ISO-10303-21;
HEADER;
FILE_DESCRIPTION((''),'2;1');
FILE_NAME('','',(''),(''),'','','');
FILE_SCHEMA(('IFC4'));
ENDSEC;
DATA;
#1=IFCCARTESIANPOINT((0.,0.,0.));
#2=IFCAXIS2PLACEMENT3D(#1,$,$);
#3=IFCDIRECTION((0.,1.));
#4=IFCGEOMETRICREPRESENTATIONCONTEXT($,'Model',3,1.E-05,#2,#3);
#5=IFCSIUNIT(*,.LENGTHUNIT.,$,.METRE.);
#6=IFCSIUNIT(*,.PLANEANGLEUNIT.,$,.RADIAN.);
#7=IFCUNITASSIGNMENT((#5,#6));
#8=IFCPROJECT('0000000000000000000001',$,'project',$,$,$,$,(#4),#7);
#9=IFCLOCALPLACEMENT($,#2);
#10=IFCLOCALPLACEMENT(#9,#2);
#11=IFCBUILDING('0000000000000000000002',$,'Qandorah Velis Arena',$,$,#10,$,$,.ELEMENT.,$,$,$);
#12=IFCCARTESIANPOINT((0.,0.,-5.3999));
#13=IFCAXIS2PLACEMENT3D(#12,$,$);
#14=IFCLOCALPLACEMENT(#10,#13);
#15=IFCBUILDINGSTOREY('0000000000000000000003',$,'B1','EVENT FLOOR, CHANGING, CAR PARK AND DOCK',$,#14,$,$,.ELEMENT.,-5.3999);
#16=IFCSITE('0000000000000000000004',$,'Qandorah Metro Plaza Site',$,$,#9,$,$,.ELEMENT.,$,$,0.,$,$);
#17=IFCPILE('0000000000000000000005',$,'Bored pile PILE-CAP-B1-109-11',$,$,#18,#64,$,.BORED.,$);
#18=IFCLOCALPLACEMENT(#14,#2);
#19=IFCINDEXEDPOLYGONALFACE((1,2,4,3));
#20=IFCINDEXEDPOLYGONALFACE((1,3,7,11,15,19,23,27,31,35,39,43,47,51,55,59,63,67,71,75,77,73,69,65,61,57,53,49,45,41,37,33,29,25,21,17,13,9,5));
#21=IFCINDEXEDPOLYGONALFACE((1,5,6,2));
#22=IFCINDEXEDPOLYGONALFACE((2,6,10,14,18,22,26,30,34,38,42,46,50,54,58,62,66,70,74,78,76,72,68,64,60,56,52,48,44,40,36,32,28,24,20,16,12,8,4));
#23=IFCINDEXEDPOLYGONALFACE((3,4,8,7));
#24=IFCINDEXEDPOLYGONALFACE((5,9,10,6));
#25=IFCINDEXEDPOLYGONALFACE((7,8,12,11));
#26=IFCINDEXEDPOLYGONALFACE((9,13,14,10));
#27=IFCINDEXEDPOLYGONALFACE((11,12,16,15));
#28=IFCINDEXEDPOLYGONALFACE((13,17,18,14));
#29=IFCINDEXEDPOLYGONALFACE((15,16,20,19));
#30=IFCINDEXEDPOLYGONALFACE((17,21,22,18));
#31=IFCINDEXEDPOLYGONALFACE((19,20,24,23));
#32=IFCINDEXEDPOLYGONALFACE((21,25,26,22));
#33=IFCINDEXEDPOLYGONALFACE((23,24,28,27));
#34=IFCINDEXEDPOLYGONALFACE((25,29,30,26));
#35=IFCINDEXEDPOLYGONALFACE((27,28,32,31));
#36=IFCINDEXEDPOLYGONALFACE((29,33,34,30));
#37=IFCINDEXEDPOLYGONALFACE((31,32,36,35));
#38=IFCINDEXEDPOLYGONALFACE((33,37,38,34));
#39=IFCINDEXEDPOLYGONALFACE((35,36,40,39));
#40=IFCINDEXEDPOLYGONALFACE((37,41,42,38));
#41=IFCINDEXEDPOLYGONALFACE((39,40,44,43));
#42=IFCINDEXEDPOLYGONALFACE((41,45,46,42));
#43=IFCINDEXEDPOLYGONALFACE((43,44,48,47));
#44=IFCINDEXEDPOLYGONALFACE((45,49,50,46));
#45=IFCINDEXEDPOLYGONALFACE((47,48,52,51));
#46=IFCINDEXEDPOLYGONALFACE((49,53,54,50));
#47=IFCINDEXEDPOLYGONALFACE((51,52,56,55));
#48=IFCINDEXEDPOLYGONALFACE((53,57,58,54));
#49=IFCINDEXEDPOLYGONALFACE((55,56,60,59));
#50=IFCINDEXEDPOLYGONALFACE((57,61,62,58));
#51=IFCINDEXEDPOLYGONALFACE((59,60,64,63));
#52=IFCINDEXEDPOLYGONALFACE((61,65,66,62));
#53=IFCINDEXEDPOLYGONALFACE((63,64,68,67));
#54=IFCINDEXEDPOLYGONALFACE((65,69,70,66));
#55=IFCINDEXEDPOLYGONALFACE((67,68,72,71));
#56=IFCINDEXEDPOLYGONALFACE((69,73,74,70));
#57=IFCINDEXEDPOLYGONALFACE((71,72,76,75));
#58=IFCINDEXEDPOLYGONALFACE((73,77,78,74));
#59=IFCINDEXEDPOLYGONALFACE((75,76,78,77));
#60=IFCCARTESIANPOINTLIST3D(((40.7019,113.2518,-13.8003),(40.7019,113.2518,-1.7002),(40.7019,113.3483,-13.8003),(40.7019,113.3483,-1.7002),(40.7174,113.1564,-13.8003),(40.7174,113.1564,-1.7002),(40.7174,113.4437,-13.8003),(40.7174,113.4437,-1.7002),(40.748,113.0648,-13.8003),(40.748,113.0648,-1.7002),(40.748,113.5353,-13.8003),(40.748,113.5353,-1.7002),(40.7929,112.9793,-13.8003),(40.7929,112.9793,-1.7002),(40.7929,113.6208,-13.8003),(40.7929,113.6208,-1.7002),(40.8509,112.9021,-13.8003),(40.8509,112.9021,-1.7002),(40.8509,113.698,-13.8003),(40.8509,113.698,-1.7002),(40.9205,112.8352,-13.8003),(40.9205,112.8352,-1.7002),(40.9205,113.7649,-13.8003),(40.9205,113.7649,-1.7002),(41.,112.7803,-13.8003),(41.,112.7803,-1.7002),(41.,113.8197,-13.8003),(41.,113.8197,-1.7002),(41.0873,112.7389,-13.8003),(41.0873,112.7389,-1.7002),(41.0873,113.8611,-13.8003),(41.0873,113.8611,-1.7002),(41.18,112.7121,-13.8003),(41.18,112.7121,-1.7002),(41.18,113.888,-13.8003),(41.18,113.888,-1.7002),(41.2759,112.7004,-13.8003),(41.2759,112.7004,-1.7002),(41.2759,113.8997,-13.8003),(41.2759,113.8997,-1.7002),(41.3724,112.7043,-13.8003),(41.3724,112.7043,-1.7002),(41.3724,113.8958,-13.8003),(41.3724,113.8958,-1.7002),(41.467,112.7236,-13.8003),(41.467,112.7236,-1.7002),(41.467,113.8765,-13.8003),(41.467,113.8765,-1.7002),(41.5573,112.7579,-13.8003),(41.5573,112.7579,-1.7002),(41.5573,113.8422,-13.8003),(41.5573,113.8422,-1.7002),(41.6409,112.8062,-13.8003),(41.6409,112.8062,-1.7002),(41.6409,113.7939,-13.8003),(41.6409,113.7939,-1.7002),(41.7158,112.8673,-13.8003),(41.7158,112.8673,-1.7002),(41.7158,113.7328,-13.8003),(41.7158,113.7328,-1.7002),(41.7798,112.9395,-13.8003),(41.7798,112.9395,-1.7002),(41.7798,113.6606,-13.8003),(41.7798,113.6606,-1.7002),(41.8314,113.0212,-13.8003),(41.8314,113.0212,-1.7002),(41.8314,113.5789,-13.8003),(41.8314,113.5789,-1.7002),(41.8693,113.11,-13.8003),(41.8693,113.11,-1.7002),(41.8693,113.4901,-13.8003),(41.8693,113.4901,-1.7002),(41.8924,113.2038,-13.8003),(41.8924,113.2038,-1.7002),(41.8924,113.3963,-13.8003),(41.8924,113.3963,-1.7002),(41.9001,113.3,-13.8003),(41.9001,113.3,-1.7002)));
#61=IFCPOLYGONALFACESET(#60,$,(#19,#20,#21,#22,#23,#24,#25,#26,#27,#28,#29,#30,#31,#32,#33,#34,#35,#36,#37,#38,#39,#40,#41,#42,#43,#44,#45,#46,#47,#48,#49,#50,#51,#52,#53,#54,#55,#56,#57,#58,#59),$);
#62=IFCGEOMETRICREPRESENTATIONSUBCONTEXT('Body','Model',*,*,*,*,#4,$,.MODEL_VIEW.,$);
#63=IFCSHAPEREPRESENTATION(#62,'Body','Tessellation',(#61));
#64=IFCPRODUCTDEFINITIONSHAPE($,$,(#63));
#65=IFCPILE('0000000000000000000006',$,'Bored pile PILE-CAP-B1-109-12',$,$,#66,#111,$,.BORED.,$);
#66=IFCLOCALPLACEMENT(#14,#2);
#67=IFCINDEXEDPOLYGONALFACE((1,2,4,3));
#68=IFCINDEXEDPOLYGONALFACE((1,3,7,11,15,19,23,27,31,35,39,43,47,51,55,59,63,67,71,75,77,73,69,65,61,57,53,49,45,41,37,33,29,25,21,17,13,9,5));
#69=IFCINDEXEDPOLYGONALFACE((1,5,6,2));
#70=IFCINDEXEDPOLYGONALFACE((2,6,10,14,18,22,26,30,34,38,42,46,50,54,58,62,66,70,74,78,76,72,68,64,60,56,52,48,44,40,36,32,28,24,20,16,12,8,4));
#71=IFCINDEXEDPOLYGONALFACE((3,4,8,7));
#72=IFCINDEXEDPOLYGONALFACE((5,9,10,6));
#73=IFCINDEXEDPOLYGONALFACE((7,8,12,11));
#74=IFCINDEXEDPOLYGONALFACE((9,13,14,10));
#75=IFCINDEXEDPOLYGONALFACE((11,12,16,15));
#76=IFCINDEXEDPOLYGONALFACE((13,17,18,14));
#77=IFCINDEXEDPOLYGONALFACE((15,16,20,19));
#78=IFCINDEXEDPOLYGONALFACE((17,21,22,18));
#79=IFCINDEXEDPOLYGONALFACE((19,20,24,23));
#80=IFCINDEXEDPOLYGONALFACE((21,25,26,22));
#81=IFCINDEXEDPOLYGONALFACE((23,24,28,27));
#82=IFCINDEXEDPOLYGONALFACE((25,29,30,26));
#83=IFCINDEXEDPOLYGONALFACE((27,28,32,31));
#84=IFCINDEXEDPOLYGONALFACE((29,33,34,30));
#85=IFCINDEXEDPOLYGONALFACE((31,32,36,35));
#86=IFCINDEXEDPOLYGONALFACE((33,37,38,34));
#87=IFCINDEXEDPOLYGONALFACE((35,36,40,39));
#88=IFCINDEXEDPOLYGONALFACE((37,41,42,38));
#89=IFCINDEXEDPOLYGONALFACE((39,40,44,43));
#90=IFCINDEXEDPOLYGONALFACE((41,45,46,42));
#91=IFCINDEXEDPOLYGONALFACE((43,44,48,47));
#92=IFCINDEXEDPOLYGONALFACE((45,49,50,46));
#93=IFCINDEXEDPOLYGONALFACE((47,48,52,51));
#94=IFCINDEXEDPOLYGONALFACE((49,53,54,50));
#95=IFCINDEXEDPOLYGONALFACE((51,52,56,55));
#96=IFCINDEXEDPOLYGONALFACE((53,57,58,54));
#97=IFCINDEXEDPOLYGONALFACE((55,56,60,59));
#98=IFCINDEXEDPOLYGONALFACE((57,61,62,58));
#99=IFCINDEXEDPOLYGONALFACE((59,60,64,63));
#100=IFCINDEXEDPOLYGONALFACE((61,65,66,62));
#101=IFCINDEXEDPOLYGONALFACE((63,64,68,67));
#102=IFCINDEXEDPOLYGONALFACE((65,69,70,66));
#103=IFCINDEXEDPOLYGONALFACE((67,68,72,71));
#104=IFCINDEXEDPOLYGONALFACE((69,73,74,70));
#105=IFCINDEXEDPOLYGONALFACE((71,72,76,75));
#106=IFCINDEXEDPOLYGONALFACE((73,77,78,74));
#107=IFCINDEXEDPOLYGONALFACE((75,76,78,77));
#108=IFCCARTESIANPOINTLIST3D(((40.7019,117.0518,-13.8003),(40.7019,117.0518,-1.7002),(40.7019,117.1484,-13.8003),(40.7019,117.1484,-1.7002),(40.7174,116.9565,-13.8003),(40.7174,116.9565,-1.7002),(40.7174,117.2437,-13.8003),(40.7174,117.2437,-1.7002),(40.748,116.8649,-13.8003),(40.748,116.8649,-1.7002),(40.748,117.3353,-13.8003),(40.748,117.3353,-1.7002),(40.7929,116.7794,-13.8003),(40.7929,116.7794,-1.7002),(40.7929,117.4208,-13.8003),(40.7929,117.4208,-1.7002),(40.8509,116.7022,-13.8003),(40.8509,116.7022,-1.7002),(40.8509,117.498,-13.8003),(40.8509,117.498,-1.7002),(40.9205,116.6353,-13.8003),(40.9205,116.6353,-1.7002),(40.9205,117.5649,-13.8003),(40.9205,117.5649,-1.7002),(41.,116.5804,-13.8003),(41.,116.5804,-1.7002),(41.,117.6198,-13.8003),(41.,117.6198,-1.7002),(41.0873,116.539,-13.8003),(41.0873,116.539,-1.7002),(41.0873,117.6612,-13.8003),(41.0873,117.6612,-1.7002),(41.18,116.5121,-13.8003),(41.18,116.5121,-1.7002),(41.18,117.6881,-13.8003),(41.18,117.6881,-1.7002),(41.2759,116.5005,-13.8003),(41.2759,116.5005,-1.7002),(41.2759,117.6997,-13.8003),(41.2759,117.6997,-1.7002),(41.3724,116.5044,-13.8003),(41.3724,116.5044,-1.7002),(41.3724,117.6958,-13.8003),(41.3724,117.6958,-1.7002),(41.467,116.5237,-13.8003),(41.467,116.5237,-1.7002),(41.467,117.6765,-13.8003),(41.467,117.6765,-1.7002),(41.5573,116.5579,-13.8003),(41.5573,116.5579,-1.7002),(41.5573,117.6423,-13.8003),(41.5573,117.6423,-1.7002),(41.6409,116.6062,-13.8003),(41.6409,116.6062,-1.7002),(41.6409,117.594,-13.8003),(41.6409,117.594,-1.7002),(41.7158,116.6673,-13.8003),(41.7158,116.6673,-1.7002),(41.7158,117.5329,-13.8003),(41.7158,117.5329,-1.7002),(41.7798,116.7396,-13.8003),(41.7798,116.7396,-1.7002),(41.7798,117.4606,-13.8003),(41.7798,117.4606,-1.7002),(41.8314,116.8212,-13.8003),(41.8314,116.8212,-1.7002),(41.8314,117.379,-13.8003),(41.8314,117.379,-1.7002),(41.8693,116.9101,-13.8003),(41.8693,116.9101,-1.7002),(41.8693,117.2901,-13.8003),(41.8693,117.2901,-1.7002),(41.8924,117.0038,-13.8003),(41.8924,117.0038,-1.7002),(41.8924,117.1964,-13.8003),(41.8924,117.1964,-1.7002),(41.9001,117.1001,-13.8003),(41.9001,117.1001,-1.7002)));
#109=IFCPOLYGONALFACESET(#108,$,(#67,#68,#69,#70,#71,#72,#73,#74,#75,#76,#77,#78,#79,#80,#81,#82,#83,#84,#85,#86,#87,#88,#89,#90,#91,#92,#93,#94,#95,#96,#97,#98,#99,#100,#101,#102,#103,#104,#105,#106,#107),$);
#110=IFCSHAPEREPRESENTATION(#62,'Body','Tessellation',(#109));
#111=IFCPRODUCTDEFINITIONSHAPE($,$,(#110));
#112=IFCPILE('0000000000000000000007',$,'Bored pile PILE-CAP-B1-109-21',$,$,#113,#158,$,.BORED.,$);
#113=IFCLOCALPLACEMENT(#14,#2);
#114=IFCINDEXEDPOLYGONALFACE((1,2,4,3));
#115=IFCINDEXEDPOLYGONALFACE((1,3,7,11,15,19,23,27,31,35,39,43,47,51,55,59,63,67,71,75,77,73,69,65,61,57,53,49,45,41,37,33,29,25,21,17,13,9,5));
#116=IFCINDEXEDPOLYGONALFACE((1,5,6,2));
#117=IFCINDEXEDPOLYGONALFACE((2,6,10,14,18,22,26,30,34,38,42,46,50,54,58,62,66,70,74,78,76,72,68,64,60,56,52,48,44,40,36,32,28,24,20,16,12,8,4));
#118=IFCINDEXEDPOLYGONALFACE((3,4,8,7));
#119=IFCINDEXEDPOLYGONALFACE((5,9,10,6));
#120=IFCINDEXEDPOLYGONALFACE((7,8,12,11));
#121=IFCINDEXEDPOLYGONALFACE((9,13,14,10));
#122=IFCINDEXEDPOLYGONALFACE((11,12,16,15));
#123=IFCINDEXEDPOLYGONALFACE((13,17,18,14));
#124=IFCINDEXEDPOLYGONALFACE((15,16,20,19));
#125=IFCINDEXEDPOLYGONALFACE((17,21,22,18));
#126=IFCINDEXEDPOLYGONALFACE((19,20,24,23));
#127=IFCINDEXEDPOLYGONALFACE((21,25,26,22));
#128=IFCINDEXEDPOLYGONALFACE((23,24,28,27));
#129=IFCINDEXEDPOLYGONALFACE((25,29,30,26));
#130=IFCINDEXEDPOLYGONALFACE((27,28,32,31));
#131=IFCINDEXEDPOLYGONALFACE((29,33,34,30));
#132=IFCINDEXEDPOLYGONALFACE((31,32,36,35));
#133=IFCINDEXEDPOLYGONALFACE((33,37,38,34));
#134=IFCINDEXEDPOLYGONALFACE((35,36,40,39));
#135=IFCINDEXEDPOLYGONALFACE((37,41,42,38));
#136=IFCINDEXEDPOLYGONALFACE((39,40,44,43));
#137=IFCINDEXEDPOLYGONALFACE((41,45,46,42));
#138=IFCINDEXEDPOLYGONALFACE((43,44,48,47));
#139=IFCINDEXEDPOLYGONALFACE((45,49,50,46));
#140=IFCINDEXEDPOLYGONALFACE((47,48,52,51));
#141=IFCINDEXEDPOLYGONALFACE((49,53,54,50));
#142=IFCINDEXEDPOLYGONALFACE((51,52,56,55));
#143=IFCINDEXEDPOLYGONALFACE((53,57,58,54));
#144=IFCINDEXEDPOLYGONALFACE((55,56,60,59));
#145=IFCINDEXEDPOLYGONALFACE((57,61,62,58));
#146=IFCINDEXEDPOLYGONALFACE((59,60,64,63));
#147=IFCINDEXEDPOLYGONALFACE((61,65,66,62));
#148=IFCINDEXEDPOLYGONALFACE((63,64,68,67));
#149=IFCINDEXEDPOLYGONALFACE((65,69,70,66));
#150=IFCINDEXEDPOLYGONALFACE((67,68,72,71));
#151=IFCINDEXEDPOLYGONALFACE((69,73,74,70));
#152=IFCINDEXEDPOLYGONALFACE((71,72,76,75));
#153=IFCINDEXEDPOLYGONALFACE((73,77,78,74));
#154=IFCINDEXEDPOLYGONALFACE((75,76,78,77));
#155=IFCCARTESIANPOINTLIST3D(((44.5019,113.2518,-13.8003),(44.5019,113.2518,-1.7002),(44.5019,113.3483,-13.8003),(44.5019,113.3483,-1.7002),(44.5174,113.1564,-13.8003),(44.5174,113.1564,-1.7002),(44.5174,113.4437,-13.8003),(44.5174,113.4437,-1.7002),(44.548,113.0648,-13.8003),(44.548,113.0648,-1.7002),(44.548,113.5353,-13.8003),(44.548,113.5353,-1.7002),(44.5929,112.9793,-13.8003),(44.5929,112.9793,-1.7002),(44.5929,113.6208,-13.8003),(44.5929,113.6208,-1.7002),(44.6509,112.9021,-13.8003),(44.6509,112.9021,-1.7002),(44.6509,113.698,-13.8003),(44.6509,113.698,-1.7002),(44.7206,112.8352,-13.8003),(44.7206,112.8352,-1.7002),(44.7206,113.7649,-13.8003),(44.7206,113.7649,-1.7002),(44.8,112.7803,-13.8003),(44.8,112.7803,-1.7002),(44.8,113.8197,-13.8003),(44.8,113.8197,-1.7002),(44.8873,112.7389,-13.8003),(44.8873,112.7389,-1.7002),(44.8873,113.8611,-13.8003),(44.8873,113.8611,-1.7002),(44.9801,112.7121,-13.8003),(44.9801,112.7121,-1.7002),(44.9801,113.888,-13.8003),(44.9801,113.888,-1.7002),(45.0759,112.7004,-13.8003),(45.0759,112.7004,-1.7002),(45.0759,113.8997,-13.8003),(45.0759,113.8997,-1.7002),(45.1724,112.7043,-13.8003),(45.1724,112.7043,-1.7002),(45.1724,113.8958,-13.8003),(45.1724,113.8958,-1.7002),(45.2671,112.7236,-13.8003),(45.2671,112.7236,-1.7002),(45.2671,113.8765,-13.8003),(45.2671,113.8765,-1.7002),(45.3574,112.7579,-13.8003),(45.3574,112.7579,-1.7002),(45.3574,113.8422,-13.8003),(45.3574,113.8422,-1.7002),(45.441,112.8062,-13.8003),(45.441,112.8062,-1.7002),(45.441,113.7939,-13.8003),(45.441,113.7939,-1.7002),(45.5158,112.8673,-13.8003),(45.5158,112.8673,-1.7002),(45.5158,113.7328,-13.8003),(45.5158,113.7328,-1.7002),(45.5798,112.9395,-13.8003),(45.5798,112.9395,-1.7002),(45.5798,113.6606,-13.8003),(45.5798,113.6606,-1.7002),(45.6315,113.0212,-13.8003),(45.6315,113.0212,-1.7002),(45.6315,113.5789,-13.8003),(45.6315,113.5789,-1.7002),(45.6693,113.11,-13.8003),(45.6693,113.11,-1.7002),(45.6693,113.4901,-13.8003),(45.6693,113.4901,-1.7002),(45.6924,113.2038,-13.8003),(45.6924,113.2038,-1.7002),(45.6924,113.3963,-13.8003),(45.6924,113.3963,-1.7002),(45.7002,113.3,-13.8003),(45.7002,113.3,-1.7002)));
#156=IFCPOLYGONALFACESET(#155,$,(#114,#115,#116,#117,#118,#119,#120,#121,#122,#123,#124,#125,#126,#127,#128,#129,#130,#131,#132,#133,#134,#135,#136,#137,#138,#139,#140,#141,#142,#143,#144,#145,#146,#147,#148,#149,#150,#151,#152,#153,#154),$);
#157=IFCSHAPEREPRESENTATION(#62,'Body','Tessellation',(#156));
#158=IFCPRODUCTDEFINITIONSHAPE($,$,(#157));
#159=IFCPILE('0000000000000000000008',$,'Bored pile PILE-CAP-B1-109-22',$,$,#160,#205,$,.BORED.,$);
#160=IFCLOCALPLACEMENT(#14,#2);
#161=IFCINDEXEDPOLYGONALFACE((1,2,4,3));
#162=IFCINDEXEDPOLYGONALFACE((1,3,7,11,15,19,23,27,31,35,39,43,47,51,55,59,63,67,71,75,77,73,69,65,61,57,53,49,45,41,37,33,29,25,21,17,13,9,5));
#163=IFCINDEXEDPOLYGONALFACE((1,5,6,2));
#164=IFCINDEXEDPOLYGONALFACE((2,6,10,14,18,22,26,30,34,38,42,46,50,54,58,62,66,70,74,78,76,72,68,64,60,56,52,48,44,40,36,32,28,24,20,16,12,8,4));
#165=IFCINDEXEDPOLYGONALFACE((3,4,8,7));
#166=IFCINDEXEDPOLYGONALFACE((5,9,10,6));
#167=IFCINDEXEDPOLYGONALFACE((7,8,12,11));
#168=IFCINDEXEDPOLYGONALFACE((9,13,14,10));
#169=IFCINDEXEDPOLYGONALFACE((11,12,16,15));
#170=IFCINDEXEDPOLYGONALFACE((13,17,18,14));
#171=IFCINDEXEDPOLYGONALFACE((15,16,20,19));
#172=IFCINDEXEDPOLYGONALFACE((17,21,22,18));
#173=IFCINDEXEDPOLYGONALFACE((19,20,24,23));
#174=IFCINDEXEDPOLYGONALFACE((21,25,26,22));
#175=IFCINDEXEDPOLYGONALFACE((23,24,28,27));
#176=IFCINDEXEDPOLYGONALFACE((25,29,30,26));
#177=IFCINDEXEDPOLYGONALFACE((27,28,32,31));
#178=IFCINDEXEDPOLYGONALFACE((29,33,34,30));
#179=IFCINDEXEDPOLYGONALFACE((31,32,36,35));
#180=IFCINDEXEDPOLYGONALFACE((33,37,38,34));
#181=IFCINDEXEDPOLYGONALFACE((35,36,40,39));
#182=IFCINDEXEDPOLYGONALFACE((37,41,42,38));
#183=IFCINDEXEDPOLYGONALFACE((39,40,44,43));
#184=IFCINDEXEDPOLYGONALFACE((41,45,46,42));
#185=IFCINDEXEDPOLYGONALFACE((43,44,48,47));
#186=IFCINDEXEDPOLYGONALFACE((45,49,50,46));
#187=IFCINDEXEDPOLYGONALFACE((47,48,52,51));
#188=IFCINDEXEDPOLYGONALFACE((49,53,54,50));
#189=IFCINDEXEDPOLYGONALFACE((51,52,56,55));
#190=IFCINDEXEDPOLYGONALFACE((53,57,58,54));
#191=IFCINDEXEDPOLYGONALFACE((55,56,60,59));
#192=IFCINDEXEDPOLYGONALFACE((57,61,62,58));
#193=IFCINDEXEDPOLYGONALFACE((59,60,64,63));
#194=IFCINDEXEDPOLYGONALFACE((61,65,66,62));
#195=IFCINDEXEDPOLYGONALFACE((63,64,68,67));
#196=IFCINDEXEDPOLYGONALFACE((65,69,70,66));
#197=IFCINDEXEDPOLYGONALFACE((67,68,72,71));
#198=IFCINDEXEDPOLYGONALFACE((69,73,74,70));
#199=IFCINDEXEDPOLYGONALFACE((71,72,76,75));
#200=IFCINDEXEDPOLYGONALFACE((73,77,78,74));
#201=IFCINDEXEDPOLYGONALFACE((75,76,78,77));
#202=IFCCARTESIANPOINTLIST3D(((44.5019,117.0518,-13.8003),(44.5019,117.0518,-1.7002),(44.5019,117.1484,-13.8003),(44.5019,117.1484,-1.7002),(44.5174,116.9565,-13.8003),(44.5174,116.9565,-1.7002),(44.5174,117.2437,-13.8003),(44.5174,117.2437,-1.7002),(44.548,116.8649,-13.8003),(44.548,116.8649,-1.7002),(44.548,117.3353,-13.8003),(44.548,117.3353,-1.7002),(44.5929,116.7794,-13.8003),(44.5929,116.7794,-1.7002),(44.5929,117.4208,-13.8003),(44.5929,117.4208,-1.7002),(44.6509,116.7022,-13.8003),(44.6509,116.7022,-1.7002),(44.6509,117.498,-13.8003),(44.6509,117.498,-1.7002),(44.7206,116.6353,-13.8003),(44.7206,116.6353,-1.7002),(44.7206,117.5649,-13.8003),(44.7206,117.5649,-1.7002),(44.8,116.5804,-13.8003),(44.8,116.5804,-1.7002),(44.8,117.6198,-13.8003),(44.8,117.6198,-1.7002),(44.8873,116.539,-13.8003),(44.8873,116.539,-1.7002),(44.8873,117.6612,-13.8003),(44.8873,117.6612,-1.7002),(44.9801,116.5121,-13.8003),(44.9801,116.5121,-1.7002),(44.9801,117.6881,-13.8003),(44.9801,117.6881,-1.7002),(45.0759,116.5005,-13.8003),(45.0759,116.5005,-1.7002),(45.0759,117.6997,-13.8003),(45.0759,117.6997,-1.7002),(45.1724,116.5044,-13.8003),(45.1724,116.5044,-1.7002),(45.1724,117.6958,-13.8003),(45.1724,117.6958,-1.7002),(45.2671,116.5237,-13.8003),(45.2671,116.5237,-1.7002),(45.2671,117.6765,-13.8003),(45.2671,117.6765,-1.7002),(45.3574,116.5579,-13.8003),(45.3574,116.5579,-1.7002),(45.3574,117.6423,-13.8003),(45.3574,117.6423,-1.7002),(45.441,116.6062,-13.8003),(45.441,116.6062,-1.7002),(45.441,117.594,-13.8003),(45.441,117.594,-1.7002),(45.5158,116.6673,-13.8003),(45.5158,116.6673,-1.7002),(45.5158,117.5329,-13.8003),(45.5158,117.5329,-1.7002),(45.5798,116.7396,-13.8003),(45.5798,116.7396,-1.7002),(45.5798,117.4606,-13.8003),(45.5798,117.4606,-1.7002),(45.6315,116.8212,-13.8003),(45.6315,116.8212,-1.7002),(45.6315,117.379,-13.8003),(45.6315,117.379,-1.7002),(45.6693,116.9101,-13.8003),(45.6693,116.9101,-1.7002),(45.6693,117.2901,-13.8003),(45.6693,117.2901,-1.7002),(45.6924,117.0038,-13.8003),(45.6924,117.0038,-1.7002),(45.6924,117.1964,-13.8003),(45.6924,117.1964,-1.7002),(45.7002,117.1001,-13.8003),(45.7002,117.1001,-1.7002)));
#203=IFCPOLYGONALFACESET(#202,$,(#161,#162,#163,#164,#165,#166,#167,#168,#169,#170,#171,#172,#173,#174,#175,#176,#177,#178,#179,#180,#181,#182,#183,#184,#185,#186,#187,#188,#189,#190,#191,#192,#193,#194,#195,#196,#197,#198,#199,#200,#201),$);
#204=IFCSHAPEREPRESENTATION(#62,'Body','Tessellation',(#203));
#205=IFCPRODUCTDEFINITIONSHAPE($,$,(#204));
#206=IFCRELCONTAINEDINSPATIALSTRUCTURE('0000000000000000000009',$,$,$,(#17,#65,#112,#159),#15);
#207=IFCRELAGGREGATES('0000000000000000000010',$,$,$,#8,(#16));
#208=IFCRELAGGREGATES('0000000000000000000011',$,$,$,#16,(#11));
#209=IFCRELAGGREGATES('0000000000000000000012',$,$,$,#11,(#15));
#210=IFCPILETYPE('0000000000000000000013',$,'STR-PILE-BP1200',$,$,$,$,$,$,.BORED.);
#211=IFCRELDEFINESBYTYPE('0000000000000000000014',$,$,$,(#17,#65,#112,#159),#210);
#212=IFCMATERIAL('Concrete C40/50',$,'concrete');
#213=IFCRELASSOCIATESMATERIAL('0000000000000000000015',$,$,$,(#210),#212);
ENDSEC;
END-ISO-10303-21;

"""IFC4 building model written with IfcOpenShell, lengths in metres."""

from ifc_helpers import new_model, si_unit, direction, frame, origin, origin_2d, place, context, subcontext, project, spatial, circle, extrude, material, material_profile, profile_set, type_object, element, save


model = new_model("IFC4")

# Units and contexts
model_context = context("Model", 3, precision=1e-05, world=origin(), true_north=direction((0.0, 1.0)))
body_context = subcontext(model_context, "Body", "Model", "MODEL_VIEW")
ifc_project = project(units=[si_unit("LENGTHUNIT", "METRE"), si_unit("PLANEANGLEUNIT", "RADIAN")], contexts=[model_context])

# Site, building, storey
site_placement = place(None, origin())
site = spatial("IfcSite", under=ifc_project, at=site_placement, Name="Qandorah Metro Plaza Site", CompositionType="ELEMENT", RefElevation=0.0)
building_placement = place(site_placement, origin())
building = spatial("IfcBuilding", under=site, at=building_placement, Name="Qandorah Velis Arena", CompositionType="ELEMENT")
storey_placement = place(building_placement, frame((0.0, 0.0, -5.3999)))
storey = spatial("IfcBuildingStorey", under=building, at=storey_placement, Name="B1", Description="EVENT FLOOR, CHANGING, CAR PARK AND DOCK", CompositionType="ELEMENT", Elevation=-5.3999)

# Shared definitions
ifc_material_1 = material(Name="Concrete C40/50", Category="concrete")

# Piles
ifc_material_profile_1 = material_profile(ifc_material_1, circle(Radius=0.6001, at=origin_2d()), Name="BORED PILE D1200")
ifc_profile_set_1 = profile_set([ifc_material_profile_1], Name="Concrete C40/50")
pile_type_1 = type_object("IfcPileType", Name="STR-PILE-BP1200", PredefinedType="BORED", material=ifc_profile_set_1)
for number, where, z_axis, x_axis, name in (
    (1, (41.3, 113.3, -1.7002), (0.0, 0.0, -1.0), (1.0, 0.0, 0.0), "Bored pile PILE-CAP-B1-109-11"),
    (2, (41.3, 117.1001, -1.7002), (0.0, 0.0, -1.0), (1.0, 0.0, 0.0), "Bored pile PILE-CAP-B1-109-12"),
    (3, (45.1001, 113.3, -1.7002), (0.0, 0.0, -1.0), (1.0, 0.0, 0.0), "Bored pile PILE-CAP-B1-109-21"),
    (4, (45.1001, 117.1001, -1.7002), (0.0, 0.0, -1.0), (1.0, 0.0, 0.0), "Bored pile PILE-CAP-B1-109-22"),
):
    element("IfcPile", number, at=place(storey_placement, frame(where, z_axis=z_axis, x_axis=x_axis)), inside=storey, type_object=pile_type_1, Name=name, PredefinedType="BORED", context=body_context, shape_type="SweptSolid", body=[
        extrude(circle(Radius=0.6001, at=origin_2d()), origin(), (0.0, 0.0, 1.0), 12.1001),
    ])

save(model, "model.ifc")
